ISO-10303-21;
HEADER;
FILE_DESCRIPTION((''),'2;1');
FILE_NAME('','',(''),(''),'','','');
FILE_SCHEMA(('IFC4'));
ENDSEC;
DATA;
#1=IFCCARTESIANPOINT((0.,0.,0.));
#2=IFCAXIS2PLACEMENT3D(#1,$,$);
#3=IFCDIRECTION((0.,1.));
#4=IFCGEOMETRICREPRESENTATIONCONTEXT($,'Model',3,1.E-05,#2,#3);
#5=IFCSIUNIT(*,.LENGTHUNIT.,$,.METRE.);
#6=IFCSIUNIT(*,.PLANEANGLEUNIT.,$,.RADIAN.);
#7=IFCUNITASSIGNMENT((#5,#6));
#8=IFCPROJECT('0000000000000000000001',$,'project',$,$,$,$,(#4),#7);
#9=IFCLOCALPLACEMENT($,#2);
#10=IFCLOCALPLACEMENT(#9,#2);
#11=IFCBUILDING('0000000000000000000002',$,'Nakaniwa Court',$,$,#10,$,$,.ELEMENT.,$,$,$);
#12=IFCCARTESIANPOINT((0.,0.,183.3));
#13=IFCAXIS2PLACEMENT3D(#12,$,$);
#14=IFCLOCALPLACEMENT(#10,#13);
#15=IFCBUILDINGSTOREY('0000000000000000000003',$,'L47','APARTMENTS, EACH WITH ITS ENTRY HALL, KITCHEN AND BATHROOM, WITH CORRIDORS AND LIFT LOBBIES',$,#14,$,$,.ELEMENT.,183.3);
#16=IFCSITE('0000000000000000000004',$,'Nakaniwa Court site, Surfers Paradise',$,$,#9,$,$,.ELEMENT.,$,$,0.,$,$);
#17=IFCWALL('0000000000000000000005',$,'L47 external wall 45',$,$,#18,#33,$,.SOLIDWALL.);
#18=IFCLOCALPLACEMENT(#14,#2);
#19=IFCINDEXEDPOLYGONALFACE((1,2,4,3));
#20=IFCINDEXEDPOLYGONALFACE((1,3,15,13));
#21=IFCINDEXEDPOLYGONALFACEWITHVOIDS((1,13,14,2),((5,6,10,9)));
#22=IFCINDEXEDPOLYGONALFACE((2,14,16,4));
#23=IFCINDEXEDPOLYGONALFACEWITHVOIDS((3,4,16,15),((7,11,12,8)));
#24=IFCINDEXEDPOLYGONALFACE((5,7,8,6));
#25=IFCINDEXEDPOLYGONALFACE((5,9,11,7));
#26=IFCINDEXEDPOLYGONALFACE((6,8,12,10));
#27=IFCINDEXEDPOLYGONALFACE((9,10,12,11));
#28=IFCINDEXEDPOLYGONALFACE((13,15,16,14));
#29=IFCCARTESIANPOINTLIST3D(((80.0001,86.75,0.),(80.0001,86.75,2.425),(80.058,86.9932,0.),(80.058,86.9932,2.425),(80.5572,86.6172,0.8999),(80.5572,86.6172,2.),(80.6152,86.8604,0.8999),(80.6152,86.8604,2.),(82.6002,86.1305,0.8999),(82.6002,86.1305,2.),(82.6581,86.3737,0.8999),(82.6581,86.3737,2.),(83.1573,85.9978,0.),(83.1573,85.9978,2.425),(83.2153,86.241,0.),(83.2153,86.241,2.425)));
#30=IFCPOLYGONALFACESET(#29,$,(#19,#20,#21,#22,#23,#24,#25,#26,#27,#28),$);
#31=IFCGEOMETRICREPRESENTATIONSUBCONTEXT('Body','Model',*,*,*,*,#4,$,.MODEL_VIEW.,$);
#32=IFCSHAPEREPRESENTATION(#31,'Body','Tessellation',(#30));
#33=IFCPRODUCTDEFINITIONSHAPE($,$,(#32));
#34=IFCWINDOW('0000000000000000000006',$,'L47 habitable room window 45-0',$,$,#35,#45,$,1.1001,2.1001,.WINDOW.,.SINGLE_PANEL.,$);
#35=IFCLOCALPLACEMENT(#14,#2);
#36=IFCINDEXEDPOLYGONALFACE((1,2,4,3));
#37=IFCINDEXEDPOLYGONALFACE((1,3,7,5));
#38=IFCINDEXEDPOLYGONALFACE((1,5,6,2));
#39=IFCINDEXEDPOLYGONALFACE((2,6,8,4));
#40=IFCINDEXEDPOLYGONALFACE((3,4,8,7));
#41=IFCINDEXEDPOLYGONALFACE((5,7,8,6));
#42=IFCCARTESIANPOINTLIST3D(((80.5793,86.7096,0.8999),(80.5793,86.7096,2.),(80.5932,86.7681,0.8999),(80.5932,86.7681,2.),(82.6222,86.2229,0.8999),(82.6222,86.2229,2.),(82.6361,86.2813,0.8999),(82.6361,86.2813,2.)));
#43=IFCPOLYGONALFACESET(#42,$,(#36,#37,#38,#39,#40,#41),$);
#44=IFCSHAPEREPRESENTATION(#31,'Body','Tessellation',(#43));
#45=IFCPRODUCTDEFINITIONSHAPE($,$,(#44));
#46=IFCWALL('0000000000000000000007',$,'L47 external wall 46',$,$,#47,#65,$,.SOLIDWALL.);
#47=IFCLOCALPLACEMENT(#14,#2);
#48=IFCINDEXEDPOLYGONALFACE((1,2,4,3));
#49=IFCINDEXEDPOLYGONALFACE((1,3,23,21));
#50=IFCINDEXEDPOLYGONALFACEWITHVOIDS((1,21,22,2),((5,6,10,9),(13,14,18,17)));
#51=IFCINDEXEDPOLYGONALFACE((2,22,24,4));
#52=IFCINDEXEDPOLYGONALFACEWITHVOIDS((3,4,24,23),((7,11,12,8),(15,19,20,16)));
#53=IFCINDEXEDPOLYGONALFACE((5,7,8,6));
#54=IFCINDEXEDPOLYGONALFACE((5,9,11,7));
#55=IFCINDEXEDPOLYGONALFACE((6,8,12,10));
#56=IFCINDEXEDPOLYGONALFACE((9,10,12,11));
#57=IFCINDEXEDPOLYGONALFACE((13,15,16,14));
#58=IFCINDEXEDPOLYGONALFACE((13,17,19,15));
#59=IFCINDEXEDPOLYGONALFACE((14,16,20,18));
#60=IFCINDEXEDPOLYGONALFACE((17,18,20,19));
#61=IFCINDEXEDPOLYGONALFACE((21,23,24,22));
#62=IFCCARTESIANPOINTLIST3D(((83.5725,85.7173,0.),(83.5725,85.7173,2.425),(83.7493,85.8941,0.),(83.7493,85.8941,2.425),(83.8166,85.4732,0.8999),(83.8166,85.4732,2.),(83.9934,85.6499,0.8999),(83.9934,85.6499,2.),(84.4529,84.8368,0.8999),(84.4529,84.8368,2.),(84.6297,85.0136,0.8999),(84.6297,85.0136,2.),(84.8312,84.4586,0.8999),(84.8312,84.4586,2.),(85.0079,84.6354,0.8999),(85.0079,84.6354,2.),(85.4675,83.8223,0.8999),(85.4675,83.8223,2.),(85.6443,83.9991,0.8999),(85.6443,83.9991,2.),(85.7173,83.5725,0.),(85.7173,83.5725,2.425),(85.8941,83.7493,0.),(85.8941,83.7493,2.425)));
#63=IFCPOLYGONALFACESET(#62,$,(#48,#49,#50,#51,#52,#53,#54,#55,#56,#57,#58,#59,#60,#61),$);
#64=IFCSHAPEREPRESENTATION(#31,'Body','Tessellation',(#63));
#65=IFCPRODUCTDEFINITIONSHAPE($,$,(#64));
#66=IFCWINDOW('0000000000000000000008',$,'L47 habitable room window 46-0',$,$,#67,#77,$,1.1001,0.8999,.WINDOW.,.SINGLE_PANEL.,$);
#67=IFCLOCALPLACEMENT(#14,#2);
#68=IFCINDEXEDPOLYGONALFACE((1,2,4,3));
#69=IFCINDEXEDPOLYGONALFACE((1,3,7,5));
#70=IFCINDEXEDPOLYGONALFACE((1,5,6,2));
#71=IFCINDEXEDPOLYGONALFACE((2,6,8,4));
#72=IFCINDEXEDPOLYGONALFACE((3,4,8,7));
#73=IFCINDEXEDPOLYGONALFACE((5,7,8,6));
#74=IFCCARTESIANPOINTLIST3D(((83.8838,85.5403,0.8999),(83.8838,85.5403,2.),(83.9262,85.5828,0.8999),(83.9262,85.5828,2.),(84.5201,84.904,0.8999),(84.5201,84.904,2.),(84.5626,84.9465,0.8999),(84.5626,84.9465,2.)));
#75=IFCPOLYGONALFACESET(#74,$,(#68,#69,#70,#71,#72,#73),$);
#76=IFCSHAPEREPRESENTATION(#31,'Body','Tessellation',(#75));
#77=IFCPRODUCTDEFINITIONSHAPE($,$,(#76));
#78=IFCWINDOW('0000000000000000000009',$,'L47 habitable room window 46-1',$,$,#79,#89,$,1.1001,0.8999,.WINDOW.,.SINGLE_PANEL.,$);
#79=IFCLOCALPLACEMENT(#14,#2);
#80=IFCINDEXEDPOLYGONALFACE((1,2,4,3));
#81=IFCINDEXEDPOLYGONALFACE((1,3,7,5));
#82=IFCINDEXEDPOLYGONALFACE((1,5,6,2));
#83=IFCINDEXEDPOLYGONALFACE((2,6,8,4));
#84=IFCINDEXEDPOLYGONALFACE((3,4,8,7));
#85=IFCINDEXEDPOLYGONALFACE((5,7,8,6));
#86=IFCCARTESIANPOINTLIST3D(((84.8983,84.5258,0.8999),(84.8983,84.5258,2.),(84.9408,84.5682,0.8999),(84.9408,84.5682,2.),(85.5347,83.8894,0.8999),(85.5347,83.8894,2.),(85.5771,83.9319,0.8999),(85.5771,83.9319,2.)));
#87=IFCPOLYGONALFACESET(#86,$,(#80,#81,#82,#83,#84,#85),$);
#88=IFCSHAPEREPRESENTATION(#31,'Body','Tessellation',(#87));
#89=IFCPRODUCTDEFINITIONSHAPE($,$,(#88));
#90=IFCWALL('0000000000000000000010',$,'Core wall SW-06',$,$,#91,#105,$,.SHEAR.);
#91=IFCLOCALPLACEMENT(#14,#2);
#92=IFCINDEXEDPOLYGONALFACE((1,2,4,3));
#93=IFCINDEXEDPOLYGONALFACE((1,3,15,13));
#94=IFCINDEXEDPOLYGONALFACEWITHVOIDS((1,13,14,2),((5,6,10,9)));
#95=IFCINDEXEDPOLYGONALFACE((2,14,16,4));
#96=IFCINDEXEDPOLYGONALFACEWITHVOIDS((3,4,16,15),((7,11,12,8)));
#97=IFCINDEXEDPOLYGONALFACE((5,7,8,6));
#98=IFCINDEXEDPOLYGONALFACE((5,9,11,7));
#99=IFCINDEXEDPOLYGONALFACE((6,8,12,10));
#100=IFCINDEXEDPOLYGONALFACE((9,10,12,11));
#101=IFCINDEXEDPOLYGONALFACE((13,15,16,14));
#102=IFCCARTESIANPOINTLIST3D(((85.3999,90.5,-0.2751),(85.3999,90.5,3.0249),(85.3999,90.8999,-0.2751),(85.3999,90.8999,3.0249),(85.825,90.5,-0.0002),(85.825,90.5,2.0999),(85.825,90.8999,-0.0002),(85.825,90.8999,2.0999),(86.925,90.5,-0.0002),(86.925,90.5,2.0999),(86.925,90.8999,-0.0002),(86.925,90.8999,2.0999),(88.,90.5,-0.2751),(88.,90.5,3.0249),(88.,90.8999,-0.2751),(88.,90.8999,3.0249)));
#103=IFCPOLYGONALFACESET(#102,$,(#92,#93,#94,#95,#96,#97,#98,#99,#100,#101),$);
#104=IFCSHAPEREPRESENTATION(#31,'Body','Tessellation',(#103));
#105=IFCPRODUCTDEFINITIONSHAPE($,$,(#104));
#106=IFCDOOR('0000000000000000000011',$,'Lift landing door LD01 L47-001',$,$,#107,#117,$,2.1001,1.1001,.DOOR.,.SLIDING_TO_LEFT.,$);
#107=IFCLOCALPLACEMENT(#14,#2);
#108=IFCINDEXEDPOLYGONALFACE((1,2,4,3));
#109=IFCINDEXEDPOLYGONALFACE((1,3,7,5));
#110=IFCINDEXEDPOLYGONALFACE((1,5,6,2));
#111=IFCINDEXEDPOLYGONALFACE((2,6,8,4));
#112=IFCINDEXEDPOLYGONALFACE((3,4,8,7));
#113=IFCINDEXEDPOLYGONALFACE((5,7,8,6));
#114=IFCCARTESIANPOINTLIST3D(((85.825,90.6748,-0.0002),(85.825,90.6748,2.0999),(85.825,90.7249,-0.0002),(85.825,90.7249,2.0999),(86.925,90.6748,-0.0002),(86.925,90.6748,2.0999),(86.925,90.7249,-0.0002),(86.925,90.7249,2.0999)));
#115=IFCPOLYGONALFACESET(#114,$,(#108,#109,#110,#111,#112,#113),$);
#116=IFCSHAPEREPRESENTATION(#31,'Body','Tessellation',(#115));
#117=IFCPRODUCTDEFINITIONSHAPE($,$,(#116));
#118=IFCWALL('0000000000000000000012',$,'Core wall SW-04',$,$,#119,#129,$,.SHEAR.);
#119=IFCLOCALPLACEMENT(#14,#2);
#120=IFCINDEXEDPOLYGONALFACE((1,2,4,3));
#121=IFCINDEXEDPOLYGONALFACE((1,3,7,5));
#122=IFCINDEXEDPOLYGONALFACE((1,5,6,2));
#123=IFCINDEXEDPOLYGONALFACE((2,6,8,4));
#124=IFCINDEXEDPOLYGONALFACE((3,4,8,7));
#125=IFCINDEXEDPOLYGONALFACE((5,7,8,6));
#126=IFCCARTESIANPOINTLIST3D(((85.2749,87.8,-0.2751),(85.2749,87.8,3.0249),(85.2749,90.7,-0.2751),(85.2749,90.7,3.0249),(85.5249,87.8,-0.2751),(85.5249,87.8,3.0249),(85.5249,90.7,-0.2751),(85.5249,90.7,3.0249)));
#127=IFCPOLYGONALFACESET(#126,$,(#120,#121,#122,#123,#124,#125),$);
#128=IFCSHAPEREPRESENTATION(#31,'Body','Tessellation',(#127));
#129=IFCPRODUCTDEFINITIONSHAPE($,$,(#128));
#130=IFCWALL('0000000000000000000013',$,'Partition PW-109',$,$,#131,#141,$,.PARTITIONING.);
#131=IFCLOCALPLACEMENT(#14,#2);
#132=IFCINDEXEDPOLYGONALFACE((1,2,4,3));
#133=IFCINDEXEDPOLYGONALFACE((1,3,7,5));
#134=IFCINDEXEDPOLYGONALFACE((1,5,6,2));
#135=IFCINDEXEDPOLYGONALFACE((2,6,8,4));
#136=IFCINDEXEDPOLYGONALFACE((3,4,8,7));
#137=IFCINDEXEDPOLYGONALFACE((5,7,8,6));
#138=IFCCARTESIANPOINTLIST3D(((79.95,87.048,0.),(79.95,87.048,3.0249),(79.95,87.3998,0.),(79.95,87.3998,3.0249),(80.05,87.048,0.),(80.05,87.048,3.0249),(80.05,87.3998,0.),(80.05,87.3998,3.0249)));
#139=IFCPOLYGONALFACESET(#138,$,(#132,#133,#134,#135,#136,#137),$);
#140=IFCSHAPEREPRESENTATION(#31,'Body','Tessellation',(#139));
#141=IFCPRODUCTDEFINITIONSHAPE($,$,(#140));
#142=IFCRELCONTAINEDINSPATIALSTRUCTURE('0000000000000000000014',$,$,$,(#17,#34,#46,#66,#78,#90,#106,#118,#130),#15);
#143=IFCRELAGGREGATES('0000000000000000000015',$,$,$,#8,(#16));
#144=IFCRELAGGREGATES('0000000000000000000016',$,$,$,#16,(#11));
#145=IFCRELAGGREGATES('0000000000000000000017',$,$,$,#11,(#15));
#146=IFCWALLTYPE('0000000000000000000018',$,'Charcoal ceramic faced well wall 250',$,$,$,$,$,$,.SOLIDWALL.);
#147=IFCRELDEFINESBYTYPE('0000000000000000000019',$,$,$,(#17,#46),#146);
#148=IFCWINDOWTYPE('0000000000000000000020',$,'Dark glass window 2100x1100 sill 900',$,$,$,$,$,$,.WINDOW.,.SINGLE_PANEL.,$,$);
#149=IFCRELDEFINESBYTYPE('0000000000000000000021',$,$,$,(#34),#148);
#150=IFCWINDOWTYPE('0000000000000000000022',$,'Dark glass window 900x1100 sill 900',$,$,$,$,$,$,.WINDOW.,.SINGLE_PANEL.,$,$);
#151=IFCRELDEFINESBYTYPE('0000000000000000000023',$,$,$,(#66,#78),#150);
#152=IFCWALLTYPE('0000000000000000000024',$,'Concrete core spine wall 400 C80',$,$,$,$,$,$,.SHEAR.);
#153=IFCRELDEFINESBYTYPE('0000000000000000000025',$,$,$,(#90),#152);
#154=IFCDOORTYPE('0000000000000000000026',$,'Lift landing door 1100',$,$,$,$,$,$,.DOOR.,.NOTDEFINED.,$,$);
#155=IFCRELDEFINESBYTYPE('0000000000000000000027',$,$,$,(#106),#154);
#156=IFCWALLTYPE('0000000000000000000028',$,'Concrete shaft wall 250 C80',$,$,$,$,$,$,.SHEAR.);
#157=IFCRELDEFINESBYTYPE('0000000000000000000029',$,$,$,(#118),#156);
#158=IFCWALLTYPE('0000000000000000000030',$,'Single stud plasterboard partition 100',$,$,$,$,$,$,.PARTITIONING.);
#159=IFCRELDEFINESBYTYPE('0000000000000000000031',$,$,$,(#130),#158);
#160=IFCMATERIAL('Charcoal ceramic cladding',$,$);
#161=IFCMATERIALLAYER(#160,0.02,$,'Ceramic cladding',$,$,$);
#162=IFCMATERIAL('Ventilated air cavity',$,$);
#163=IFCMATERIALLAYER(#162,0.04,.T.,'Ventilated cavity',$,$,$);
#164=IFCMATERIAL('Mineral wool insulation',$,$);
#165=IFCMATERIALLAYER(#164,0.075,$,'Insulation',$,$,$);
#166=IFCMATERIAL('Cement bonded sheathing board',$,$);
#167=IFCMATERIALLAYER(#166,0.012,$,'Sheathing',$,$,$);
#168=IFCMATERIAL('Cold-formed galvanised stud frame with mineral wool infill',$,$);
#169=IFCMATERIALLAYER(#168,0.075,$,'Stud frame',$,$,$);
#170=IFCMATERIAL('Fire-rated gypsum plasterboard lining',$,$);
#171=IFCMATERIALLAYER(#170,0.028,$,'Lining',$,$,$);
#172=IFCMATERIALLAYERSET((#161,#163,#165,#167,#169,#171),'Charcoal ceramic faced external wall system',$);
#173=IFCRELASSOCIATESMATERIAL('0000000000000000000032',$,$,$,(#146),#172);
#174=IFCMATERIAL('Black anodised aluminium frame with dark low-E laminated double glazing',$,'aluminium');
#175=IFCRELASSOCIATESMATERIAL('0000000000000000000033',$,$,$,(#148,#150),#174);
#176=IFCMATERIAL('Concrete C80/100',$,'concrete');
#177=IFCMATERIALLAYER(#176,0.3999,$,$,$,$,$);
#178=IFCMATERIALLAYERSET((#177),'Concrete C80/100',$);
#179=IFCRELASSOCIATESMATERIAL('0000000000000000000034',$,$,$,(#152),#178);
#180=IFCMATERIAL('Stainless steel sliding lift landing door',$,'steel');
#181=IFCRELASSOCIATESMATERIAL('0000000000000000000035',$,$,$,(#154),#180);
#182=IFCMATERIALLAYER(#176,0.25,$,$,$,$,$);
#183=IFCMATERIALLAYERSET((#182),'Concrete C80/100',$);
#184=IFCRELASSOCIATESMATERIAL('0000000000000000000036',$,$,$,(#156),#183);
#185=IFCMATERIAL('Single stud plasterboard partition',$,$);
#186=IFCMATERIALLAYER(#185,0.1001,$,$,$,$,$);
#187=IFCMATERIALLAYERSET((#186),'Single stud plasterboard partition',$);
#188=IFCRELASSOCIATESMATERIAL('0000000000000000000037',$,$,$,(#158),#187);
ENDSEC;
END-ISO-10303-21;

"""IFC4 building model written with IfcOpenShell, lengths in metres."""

from ifc_helpers import new_model, si_unit, direction, frame, frame_2d, origin, place, context, subcontext, project, spatial, rectangle, extrude, material, layer, layer_set, type_object, element, fill, save


model = new_model("IFC4")

# Units and contexts
model_context = context("Model", 3, precision=1e-05, world=origin(), true_north=direction((0.0, 1.0)))
body_context = subcontext(model_context, "Body", "Model", "MODEL_VIEW")
ifc_project = project(units=[si_unit("LENGTHUNIT", "METRE"), si_unit("PLANEANGLEUNIT", "RADIAN")], contexts=[model_context])

# Site, building, storey
site_placement = place(None, origin())
site = spatial("IfcSite", under=ifc_project, at=site_placement, Name="Nakaniwa Court site, Surfers Paradise", CompositionType="ELEMENT", RefElevation=0.0)
building_placement = place(site_placement, origin())
building = spatial("IfcBuilding", under=site, at=building_placement, Name="Nakaniwa Court", CompositionType="ELEMENT")
storey_placement = place(building_placement, frame((0.0, 0.0, 183.3)))
storey = spatial("IfcBuildingStorey", under=building, at=storey_placement, Name="L47", Description="APARTMENTS, EACH WITH ITS ENTRY HALL, KITCHEN AND BATHROOM, WITH CORRIDORS AND LIFT LOBBIES", CompositionType="ELEMENT", Elevation=183.3)

# Shared definitions
ifc_material_1 = material(Name="Concrete C80/100", Category="concrete")

# Wall, opening, window
ifc_material_2 = material(Name="Charcoal ceramic cladding")
ifc_layer_1 = layer(ifc_material_2, 0.02, Name="Ceramic cladding")
ifc_material_3 = material(Name="Ventilated air cavity")
ifc_layer_2 = layer(ifc_material_3, 0.04, ventilated=True, Name="Ventilated cavity")
ifc_material_4 = material(Name="Mineral wool insulation")
ifc_layer_3 = layer(ifc_material_4, 0.075, Name="Insulation")
ifc_material_5 = material(Name="Cement bonded sheathing board")
ifc_layer_4 = layer(ifc_material_5, 0.012, Name="Sheathing")
ifc_material_6 = material(Name="Cold-formed galvanised stud frame with mineral wool infill")
ifc_layer_5 = layer(ifc_material_6, 0.075, Name="Stud frame")
ifc_material_7 = material(Name="Fire-rated gypsum plasterboard lining")
ifc_layer_6 = layer(ifc_material_7, 0.028, Name="Lining")
ifc_layer_set_1 = layer_set([ifc_layer_1, ifc_layer_2, ifc_layer_3, ifc_layer_4, ifc_layer_5, ifc_layer_6], Name="Charcoal ceramic faced external wall system")
wall_type_1 = type_object("IfcWallType", Name="Charcoal ceramic faced well wall 250", PredefinedType="SOLIDWALL", material=ifc_layer_set_1)
wall_1_placement = place(storey_placement, frame((80.0291, 86.8716, 0.0), z_axis=(0.0, 0.0, 1.0), x_axis=(0.972773, -0.23176, 0.0)))
wall_1 = element("IfcWall", 1, at=wall_1_placement, inside=storey, type_object=wall_type_1, Name="L47 external wall 45", PredefinedType="SOLIDWALL", context=body_context, shape_type="SweptSolid", body=[
    extrude(rectangle(XDim=3.2456, YDim=0.25, at=frame_2d((1.6228, 0.0))), origin(), (0.0, 0.0, 1.0), 2.425),
])
opening_1_placement = place(wall_1_placement, frame((0.5728, 0.0, 0.8999)))
opening_1 = element("IfcOpeningElement", 2, at=opening_1_placement, cuts=wall_1, PredefinedType="OPENING", context=body_context, shape_type="SweptSolid", body=[
    extrude(rectangle(XDim=2.1001, YDim=1.1001, at=frame_2d((1.05, 0.55))), frame((0.0, 0.135, 0.0), z_axis=(0.0, -1.0, 0.0), x_axis=(1.0, 0.0, 0.0)), (0.0, 0.0, 1.0), 0.27),
])
ifc_material_8 = material(Name="Black anodised aluminium frame with dark low-E laminated double glazing", Category="aluminium")
window_type_1 = type_object("IfcWindowType", Name="Dark glass window 2100x1100 sill 900", PartitioningType="SINGLE_PANEL", PredefinedType="WINDOW", material=ifc_material_8)
window_1_placement = place(opening_1_placement, origin())
window_1 = element("IfcWindow", 3, at=window_1_placement, inside=storey, type_object=window_type_1, Name="L47 habitable room window 45-0", OverallHeight=1.1001, OverallWidth=2.1001, PartitioningType="SINGLE_PANEL", PredefinedType="WINDOW", context=body_context, shape_type="SweptSolid", body=[
    extrude(rectangle(XDim=2.1001, YDim=1.1001, at=frame_2d((1.05, 0.55))), frame((0.0, 0.03, 0.0), z_axis=(0.0, -1.0, 0.0), x_axis=(1.0, 0.0, 0.0)), (0.0, 0.0, 1.0), 0.0601),
])
fill(opening_1, window_1)

# Wall, openings, windows
wall_2_placement = place(storey_placement, frame((83.6609, 85.8057, 0.0), z_axis=(0.0, 0.0, 1.0), x_axis=(0.707107, -0.707107, 0.0)))
wall_2 = element("IfcWall", 4, at=wall_2_placement, inside=storey, type_object=wall_type_1, Name="L47 external wall 46", PredefinedType="SOLIDWALL", context=body_context, shape_type="SweptSolid", body=[
    extrude(rectangle(XDim=3.0332, YDim=0.25, at=frame_2d((1.5166, 0.0))), origin(), (0.0, 0.0, 1.0), 2.425),
])
opening_2_placement = place(wall_2_placement, frame((0.3452, 0.0, 0.8999)))
opening_2 = element("IfcOpeningElement", 5, at=opening_2_placement, cuts=wall_2, PredefinedType="OPENING", context=body_context, shape_type="SweptSolid", body=[
    extrude(rectangle(XDim=0.8999, YDim=1.1001, at=frame_2d((0.45, 0.55))), frame((0.0, 0.135, 0.0), z_axis=(0.0, -1.0, 0.0), x_axis=(1.0, 0.0, 0.0)), (0.0, 0.0, 1.0), 0.27),
])
opening_3_placement = place(wall_2_placement, frame((1.78, 0.0, 0.8999)))
opening_3 = element("IfcOpeningElement", 6, at=opening_3_placement, cuts=wall_2, PredefinedType="OPENING", context=body_context, shape_type="SweptSolid", body=[
    extrude(rectangle(XDim=0.8999, YDim=1.1001, at=frame_2d((0.45, 0.55))), frame((0.0, 0.135, 0.0), z_axis=(0.0, -1.0, 0.0), x_axis=(1.0, 0.0, 0.0)), (0.0, 0.0, 1.0), 0.27),
])
window_type_2 = type_object("IfcWindowType", Name="Dark glass window 900x1100 sill 900", PartitioningType="SINGLE_PANEL", PredefinedType="WINDOW", material=ifc_material_8)
window_2_placement = place(opening_2_placement, origin())
window_2 = element("IfcWindow", 7, at=window_2_placement, inside=storey, type_object=window_type_2, Name="L47 habitable room window 46-0", OverallHeight=1.1001, OverallWidth=0.8999, PartitioningType="SINGLE_PANEL", PredefinedType="WINDOW", context=body_context, shape_type="SweptSolid", body=[
    extrude(rectangle(XDim=0.8999, YDim=1.1001, at=frame_2d((0.45, 0.55))), frame((0.0, 0.03, 0.0), z_axis=(0.0, -1.0, 0.0), x_axis=(1.0, 0.0, 0.0)), (0.0, 0.0, 1.0), 0.0601),
])
fill(opening_2, window_2)
window_3_placement = place(opening_3_placement, origin())
window_3 = element("IfcWindow", 8, at=window_3_placement, inside=storey, type_object=window_type_2, Name="L47 habitable room window 46-1", OverallHeight=1.1001, OverallWidth=0.8999, PartitioningType="SINGLE_PANEL", PredefinedType="WINDOW", context=body_context, shape_type="SweptSolid", body=[
    extrude(rectangle(XDim=0.8999, YDim=1.1001, at=frame_2d((0.45, 0.55))), frame((0.0, 0.03, 0.0), z_axis=(0.0, -1.0, 0.0), x_axis=(1.0, 0.0, 0.0)), (0.0, 0.0, 1.0), 0.0601),
])
fill(opening_3, window_3)

# Wall, opening, door
ifc_layer_7 = layer(ifc_material_1, 0.3999)
ifc_layer_set_2 = layer_set([ifc_layer_7], Name="Concrete C80/100")
wall_type_2 = type_object("IfcWallType", Name="Concrete core spine wall 400 C80", PredefinedType="SHEAR", material=ifc_layer_set_2)
wall_3_placement = place(storey_placement, frame((85.3999, 90.7, -0.2751), z_axis=(0.0, 0.0, 1.0), x_axis=(1.0, 0.0, 0.0)))
wall_3 = element("IfcWall", 9, at=wall_3_placement, inside=storey, type_object=wall_type_2, Name="Core wall SW-06", PredefinedType="SHEAR", context=body_context, shape_type="SweptSolid", body=[
    extrude(rectangle(XDim=2.6001, YDim=0.3999, at=frame_2d((1.3, 0.0))), origin(), (0.0, 0.0, 1.0), 3.3),
])
opening_4_placement = place(wall_3_placement, frame((0.425, 0.0, 0.2749)))
opening_4 = element("IfcOpeningElement", 10, at=opening_4_placement, cuts=wall_3, PredefinedType="OPENING", context=body_context, shape_type="SweptSolid", body=[
    extrude(rectangle(XDim=1.1001, YDim=2.1001, at=frame_2d((0.55, 1.05))), frame((0.0, 0.21, 0.0), z_axis=(0.0, -1.0, 0.0), x_axis=(1.0, 0.0, 0.0)), (0.0, 0.0, 1.0), 0.4199),
])
ifc_material_9 = material(Name="Stainless steel sliding lift landing door", Category="steel")
door_type_1 = type_object("IfcDoorType", Name="Lift landing door 1100", OperationType="NOTDEFINED", PredefinedType="DOOR", material=ifc_material_9)
door_1_placement = place(opening_4_placement, origin())
door_1 = element("IfcDoor", 11, at=door_1_placement, inside=storey, type_object=door_type_1, Name="Lift landing door LD01 L47-001", OperationType="SLIDING_TO_LEFT", OverallHeight=2.1001, OverallWidth=1.1001, PredefinedType="DOOR", context=body_context, shape_type="SweptSolid", body=[
    extrude(rectangle(XDim=1.1001, YDim=2.1001, at=frame_2d((0.55, 1.05))), frame((0.0, 0.0249, 0.0), z_axis=(0.0, -1.0, 0.0), x_axis=(1.0, 0.0, 0.0)), (0.0, 0.0, 1.0), 0.05),
])
fill(opening_4, door_1)

# Walls
ifc_layer_8 = layer(ifc_material_1, 0.25)
ifc_layer_set_3 = layer_set([ifc_layer_8], Name="Concrete C80/100")
wall_type_3 = type_object("IfcWallType", Name="Concrete shaft wall 250 C80", PredefinedType="SHEAR", material=ifc_layer_set_3)
wall_4_placement = place(storey_placement, frame((85.3999, 87.8, -0.2751), z_axis=(0.0, 0.0, 1.0), x_axis=(0.0, 1.0, 0.0)))
element("IfcWall", 12, at=wall_4_placement, inside=storey, type_object=wall_type_3, Name="Core wall SW-04", PredefinedType="SHEAR", context=body_context, shape_type="SweptSolid", body=[
    extrude(rectangle(XDim=2.8999, YDim=0.25, at=frame_2d((1.45, 0.0))), origin(), (0.0, 0.0, 1.0), 3.3),
])
ifc_material_10 = material(Name="Single stud plasterboard partition")
ifc_layer_9 = layer(ifc_material_10, 0.1001)
ifc_layer_set_4 = layer_set([ifc_layer_9], Name="Single stud plasterboard partition")
wall_type_4 = type_object("IfcWallType", Name="Single stud plasterboard partition 100", PredefinedType="PARTITIONING", material=ifc_layer_set_4)
wall_5_placement = place(storey_placement, frame((80.0, 87.0481, 0.0), z_axis=(0.0, 0.0, 1.0), x_axis=(0.0, 1.0, 0.0)))
element("IfcWall", 13, at=wall_5_placement, inside=storey, type_object=wall_type_4, Name="Partition PW-109", PredefinedType="PARTITIONING", context=body_context, shape_type="SweptSolid", body=[
    extrude(rectangle(XDim=0.3518, YDim=0.1001, at=frame_2d((0.1758, 0.0))), origin(), (0.0, 0.0, 1.0), 3.0249),
])

save(model, "model.ifc")
